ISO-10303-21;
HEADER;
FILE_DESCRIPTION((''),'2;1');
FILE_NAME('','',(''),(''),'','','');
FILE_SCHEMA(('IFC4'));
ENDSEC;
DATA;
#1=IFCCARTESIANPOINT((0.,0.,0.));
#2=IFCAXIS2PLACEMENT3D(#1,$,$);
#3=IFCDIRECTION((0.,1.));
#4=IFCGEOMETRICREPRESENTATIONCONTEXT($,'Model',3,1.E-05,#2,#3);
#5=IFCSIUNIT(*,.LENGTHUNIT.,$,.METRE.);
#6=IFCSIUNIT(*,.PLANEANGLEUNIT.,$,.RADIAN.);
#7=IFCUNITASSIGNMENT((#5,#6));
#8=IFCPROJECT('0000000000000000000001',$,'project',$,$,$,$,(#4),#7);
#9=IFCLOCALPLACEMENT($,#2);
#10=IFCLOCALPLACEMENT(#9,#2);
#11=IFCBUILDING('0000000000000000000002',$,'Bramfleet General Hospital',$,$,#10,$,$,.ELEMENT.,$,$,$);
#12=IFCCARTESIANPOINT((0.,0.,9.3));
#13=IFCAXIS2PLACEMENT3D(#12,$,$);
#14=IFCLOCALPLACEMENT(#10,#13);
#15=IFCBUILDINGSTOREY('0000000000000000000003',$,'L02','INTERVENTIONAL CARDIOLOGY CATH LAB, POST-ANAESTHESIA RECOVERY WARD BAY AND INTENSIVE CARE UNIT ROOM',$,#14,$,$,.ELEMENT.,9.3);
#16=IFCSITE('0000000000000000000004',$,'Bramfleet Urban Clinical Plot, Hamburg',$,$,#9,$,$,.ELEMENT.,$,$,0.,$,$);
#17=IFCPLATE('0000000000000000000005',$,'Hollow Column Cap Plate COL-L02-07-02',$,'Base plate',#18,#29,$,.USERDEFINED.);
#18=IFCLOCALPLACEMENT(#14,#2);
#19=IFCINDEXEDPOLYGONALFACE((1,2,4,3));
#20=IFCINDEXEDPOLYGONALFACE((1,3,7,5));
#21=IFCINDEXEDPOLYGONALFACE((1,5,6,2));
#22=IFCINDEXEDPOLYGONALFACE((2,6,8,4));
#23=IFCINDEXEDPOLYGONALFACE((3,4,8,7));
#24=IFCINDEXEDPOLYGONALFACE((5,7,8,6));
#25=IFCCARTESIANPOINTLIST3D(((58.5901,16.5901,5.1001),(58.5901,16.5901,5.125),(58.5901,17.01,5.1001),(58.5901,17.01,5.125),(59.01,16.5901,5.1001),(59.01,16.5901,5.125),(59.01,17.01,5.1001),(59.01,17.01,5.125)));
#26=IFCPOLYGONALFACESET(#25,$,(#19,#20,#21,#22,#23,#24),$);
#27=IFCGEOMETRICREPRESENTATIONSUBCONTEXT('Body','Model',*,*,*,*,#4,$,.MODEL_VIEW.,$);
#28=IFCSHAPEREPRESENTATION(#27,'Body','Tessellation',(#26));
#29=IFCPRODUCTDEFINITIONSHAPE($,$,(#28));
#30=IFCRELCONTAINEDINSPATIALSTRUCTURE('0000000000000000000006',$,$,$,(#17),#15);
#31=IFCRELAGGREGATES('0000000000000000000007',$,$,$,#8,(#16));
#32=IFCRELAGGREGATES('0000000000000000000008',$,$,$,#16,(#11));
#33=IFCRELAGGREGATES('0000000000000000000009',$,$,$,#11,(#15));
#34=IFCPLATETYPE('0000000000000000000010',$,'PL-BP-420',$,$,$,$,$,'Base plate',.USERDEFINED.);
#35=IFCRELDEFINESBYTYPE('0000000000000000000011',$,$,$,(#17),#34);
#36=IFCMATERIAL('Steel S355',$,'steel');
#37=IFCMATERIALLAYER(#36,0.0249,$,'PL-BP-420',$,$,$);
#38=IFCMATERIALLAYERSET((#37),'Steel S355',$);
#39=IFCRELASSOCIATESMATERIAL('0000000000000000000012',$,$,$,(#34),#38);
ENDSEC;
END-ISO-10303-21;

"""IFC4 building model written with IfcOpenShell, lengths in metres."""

from ifc_helpers import new_model, si_unit, direction, frame, origin, origin_2d, place, context, subcontext, project, spatial, rectangle, extrude, material, layer, layer_set, type_object, element, save


model = new_model("IFC4")

# Units and contexts
model_context = context("Model", 3, precision=1e-05, world=origin(), true_north=direction((0.0, 1.0)))
body_context = subcontext(model_context, "Body", "Model", "MODEL_VIEW")
ifc_project = project(units=[si_unit("LENGTHUNIT", "METRE"), si_unit("PLANEANGLEUNIT", "RADIAN")], contexts=[model_context])

# Site, building, storey
site_placement = place(None, origin())
site = spatial("IfcSite", under=ifc_project, at=site_placement, Name="Bramfleet Urban Clinical Plot, Hamburg", CompositionType="ELEMENT", RefElevation=0.0)
building_placement = place(site_placement, origin())
building = spatial("IfcBuilding", under=site, at=building_placement, Name="Bramfleet General Hospital", CompositionType="ELEMENT")
storey_placement = place(building_placement, frame((0.0, 0.0, 9.3)))
storey = spatial("IfcBuildingStorey", under=building, at=storey_placement, Name="L02", Description="INTERVENTIONAL CARDIOLOGY CATH LAB, POST-ANAESTHESIA RECOVERY WARD BAY AND INTENSIVE CARE UNIT ROOM", CompositionType="ELEMENT", Elevation=9.3)

# Shared definitions
ifc_material_1 = material(Name="Steel S355", Category="steel")

# Plate
ifc_layer_1 = layer(ifc_material_1, 0.0249, Name="PL-BP-420")
ifc_layer_set_1 = layer_set([ifc_layer_1], Name="Steel S355")
plate_type_1 = type_object("IfcPlateType", Name="PL-BP-420", ElementType="Base plate", PredefinedType="USERDEFINED", material=ifc_layer_set_1)
plate_1_placement = place(storey_placement, frame((58.8, 16.8, 5.1001), z_axis=(0.0, 0.0, 1.0), x_axis=(1.0, 0.0, 0.0)))
element("IfcPlate", 1, at=plate_1_placement, inside=storey, type_object=plate_type_1, Name="Hollow Column Cap Plate COL-L02-07-02", ObjectType="Base plate", PredefinedType="USERDEFINED", context=body_context, shape_type="SweptSolid", body=[
    extrude(rectangle(XDim=0.4199, YDim=0.4199, at=origin_2d()), origin(), (0.0, 0.0, 1.0), 0.0249),
])

save(model, "model.ifc")
